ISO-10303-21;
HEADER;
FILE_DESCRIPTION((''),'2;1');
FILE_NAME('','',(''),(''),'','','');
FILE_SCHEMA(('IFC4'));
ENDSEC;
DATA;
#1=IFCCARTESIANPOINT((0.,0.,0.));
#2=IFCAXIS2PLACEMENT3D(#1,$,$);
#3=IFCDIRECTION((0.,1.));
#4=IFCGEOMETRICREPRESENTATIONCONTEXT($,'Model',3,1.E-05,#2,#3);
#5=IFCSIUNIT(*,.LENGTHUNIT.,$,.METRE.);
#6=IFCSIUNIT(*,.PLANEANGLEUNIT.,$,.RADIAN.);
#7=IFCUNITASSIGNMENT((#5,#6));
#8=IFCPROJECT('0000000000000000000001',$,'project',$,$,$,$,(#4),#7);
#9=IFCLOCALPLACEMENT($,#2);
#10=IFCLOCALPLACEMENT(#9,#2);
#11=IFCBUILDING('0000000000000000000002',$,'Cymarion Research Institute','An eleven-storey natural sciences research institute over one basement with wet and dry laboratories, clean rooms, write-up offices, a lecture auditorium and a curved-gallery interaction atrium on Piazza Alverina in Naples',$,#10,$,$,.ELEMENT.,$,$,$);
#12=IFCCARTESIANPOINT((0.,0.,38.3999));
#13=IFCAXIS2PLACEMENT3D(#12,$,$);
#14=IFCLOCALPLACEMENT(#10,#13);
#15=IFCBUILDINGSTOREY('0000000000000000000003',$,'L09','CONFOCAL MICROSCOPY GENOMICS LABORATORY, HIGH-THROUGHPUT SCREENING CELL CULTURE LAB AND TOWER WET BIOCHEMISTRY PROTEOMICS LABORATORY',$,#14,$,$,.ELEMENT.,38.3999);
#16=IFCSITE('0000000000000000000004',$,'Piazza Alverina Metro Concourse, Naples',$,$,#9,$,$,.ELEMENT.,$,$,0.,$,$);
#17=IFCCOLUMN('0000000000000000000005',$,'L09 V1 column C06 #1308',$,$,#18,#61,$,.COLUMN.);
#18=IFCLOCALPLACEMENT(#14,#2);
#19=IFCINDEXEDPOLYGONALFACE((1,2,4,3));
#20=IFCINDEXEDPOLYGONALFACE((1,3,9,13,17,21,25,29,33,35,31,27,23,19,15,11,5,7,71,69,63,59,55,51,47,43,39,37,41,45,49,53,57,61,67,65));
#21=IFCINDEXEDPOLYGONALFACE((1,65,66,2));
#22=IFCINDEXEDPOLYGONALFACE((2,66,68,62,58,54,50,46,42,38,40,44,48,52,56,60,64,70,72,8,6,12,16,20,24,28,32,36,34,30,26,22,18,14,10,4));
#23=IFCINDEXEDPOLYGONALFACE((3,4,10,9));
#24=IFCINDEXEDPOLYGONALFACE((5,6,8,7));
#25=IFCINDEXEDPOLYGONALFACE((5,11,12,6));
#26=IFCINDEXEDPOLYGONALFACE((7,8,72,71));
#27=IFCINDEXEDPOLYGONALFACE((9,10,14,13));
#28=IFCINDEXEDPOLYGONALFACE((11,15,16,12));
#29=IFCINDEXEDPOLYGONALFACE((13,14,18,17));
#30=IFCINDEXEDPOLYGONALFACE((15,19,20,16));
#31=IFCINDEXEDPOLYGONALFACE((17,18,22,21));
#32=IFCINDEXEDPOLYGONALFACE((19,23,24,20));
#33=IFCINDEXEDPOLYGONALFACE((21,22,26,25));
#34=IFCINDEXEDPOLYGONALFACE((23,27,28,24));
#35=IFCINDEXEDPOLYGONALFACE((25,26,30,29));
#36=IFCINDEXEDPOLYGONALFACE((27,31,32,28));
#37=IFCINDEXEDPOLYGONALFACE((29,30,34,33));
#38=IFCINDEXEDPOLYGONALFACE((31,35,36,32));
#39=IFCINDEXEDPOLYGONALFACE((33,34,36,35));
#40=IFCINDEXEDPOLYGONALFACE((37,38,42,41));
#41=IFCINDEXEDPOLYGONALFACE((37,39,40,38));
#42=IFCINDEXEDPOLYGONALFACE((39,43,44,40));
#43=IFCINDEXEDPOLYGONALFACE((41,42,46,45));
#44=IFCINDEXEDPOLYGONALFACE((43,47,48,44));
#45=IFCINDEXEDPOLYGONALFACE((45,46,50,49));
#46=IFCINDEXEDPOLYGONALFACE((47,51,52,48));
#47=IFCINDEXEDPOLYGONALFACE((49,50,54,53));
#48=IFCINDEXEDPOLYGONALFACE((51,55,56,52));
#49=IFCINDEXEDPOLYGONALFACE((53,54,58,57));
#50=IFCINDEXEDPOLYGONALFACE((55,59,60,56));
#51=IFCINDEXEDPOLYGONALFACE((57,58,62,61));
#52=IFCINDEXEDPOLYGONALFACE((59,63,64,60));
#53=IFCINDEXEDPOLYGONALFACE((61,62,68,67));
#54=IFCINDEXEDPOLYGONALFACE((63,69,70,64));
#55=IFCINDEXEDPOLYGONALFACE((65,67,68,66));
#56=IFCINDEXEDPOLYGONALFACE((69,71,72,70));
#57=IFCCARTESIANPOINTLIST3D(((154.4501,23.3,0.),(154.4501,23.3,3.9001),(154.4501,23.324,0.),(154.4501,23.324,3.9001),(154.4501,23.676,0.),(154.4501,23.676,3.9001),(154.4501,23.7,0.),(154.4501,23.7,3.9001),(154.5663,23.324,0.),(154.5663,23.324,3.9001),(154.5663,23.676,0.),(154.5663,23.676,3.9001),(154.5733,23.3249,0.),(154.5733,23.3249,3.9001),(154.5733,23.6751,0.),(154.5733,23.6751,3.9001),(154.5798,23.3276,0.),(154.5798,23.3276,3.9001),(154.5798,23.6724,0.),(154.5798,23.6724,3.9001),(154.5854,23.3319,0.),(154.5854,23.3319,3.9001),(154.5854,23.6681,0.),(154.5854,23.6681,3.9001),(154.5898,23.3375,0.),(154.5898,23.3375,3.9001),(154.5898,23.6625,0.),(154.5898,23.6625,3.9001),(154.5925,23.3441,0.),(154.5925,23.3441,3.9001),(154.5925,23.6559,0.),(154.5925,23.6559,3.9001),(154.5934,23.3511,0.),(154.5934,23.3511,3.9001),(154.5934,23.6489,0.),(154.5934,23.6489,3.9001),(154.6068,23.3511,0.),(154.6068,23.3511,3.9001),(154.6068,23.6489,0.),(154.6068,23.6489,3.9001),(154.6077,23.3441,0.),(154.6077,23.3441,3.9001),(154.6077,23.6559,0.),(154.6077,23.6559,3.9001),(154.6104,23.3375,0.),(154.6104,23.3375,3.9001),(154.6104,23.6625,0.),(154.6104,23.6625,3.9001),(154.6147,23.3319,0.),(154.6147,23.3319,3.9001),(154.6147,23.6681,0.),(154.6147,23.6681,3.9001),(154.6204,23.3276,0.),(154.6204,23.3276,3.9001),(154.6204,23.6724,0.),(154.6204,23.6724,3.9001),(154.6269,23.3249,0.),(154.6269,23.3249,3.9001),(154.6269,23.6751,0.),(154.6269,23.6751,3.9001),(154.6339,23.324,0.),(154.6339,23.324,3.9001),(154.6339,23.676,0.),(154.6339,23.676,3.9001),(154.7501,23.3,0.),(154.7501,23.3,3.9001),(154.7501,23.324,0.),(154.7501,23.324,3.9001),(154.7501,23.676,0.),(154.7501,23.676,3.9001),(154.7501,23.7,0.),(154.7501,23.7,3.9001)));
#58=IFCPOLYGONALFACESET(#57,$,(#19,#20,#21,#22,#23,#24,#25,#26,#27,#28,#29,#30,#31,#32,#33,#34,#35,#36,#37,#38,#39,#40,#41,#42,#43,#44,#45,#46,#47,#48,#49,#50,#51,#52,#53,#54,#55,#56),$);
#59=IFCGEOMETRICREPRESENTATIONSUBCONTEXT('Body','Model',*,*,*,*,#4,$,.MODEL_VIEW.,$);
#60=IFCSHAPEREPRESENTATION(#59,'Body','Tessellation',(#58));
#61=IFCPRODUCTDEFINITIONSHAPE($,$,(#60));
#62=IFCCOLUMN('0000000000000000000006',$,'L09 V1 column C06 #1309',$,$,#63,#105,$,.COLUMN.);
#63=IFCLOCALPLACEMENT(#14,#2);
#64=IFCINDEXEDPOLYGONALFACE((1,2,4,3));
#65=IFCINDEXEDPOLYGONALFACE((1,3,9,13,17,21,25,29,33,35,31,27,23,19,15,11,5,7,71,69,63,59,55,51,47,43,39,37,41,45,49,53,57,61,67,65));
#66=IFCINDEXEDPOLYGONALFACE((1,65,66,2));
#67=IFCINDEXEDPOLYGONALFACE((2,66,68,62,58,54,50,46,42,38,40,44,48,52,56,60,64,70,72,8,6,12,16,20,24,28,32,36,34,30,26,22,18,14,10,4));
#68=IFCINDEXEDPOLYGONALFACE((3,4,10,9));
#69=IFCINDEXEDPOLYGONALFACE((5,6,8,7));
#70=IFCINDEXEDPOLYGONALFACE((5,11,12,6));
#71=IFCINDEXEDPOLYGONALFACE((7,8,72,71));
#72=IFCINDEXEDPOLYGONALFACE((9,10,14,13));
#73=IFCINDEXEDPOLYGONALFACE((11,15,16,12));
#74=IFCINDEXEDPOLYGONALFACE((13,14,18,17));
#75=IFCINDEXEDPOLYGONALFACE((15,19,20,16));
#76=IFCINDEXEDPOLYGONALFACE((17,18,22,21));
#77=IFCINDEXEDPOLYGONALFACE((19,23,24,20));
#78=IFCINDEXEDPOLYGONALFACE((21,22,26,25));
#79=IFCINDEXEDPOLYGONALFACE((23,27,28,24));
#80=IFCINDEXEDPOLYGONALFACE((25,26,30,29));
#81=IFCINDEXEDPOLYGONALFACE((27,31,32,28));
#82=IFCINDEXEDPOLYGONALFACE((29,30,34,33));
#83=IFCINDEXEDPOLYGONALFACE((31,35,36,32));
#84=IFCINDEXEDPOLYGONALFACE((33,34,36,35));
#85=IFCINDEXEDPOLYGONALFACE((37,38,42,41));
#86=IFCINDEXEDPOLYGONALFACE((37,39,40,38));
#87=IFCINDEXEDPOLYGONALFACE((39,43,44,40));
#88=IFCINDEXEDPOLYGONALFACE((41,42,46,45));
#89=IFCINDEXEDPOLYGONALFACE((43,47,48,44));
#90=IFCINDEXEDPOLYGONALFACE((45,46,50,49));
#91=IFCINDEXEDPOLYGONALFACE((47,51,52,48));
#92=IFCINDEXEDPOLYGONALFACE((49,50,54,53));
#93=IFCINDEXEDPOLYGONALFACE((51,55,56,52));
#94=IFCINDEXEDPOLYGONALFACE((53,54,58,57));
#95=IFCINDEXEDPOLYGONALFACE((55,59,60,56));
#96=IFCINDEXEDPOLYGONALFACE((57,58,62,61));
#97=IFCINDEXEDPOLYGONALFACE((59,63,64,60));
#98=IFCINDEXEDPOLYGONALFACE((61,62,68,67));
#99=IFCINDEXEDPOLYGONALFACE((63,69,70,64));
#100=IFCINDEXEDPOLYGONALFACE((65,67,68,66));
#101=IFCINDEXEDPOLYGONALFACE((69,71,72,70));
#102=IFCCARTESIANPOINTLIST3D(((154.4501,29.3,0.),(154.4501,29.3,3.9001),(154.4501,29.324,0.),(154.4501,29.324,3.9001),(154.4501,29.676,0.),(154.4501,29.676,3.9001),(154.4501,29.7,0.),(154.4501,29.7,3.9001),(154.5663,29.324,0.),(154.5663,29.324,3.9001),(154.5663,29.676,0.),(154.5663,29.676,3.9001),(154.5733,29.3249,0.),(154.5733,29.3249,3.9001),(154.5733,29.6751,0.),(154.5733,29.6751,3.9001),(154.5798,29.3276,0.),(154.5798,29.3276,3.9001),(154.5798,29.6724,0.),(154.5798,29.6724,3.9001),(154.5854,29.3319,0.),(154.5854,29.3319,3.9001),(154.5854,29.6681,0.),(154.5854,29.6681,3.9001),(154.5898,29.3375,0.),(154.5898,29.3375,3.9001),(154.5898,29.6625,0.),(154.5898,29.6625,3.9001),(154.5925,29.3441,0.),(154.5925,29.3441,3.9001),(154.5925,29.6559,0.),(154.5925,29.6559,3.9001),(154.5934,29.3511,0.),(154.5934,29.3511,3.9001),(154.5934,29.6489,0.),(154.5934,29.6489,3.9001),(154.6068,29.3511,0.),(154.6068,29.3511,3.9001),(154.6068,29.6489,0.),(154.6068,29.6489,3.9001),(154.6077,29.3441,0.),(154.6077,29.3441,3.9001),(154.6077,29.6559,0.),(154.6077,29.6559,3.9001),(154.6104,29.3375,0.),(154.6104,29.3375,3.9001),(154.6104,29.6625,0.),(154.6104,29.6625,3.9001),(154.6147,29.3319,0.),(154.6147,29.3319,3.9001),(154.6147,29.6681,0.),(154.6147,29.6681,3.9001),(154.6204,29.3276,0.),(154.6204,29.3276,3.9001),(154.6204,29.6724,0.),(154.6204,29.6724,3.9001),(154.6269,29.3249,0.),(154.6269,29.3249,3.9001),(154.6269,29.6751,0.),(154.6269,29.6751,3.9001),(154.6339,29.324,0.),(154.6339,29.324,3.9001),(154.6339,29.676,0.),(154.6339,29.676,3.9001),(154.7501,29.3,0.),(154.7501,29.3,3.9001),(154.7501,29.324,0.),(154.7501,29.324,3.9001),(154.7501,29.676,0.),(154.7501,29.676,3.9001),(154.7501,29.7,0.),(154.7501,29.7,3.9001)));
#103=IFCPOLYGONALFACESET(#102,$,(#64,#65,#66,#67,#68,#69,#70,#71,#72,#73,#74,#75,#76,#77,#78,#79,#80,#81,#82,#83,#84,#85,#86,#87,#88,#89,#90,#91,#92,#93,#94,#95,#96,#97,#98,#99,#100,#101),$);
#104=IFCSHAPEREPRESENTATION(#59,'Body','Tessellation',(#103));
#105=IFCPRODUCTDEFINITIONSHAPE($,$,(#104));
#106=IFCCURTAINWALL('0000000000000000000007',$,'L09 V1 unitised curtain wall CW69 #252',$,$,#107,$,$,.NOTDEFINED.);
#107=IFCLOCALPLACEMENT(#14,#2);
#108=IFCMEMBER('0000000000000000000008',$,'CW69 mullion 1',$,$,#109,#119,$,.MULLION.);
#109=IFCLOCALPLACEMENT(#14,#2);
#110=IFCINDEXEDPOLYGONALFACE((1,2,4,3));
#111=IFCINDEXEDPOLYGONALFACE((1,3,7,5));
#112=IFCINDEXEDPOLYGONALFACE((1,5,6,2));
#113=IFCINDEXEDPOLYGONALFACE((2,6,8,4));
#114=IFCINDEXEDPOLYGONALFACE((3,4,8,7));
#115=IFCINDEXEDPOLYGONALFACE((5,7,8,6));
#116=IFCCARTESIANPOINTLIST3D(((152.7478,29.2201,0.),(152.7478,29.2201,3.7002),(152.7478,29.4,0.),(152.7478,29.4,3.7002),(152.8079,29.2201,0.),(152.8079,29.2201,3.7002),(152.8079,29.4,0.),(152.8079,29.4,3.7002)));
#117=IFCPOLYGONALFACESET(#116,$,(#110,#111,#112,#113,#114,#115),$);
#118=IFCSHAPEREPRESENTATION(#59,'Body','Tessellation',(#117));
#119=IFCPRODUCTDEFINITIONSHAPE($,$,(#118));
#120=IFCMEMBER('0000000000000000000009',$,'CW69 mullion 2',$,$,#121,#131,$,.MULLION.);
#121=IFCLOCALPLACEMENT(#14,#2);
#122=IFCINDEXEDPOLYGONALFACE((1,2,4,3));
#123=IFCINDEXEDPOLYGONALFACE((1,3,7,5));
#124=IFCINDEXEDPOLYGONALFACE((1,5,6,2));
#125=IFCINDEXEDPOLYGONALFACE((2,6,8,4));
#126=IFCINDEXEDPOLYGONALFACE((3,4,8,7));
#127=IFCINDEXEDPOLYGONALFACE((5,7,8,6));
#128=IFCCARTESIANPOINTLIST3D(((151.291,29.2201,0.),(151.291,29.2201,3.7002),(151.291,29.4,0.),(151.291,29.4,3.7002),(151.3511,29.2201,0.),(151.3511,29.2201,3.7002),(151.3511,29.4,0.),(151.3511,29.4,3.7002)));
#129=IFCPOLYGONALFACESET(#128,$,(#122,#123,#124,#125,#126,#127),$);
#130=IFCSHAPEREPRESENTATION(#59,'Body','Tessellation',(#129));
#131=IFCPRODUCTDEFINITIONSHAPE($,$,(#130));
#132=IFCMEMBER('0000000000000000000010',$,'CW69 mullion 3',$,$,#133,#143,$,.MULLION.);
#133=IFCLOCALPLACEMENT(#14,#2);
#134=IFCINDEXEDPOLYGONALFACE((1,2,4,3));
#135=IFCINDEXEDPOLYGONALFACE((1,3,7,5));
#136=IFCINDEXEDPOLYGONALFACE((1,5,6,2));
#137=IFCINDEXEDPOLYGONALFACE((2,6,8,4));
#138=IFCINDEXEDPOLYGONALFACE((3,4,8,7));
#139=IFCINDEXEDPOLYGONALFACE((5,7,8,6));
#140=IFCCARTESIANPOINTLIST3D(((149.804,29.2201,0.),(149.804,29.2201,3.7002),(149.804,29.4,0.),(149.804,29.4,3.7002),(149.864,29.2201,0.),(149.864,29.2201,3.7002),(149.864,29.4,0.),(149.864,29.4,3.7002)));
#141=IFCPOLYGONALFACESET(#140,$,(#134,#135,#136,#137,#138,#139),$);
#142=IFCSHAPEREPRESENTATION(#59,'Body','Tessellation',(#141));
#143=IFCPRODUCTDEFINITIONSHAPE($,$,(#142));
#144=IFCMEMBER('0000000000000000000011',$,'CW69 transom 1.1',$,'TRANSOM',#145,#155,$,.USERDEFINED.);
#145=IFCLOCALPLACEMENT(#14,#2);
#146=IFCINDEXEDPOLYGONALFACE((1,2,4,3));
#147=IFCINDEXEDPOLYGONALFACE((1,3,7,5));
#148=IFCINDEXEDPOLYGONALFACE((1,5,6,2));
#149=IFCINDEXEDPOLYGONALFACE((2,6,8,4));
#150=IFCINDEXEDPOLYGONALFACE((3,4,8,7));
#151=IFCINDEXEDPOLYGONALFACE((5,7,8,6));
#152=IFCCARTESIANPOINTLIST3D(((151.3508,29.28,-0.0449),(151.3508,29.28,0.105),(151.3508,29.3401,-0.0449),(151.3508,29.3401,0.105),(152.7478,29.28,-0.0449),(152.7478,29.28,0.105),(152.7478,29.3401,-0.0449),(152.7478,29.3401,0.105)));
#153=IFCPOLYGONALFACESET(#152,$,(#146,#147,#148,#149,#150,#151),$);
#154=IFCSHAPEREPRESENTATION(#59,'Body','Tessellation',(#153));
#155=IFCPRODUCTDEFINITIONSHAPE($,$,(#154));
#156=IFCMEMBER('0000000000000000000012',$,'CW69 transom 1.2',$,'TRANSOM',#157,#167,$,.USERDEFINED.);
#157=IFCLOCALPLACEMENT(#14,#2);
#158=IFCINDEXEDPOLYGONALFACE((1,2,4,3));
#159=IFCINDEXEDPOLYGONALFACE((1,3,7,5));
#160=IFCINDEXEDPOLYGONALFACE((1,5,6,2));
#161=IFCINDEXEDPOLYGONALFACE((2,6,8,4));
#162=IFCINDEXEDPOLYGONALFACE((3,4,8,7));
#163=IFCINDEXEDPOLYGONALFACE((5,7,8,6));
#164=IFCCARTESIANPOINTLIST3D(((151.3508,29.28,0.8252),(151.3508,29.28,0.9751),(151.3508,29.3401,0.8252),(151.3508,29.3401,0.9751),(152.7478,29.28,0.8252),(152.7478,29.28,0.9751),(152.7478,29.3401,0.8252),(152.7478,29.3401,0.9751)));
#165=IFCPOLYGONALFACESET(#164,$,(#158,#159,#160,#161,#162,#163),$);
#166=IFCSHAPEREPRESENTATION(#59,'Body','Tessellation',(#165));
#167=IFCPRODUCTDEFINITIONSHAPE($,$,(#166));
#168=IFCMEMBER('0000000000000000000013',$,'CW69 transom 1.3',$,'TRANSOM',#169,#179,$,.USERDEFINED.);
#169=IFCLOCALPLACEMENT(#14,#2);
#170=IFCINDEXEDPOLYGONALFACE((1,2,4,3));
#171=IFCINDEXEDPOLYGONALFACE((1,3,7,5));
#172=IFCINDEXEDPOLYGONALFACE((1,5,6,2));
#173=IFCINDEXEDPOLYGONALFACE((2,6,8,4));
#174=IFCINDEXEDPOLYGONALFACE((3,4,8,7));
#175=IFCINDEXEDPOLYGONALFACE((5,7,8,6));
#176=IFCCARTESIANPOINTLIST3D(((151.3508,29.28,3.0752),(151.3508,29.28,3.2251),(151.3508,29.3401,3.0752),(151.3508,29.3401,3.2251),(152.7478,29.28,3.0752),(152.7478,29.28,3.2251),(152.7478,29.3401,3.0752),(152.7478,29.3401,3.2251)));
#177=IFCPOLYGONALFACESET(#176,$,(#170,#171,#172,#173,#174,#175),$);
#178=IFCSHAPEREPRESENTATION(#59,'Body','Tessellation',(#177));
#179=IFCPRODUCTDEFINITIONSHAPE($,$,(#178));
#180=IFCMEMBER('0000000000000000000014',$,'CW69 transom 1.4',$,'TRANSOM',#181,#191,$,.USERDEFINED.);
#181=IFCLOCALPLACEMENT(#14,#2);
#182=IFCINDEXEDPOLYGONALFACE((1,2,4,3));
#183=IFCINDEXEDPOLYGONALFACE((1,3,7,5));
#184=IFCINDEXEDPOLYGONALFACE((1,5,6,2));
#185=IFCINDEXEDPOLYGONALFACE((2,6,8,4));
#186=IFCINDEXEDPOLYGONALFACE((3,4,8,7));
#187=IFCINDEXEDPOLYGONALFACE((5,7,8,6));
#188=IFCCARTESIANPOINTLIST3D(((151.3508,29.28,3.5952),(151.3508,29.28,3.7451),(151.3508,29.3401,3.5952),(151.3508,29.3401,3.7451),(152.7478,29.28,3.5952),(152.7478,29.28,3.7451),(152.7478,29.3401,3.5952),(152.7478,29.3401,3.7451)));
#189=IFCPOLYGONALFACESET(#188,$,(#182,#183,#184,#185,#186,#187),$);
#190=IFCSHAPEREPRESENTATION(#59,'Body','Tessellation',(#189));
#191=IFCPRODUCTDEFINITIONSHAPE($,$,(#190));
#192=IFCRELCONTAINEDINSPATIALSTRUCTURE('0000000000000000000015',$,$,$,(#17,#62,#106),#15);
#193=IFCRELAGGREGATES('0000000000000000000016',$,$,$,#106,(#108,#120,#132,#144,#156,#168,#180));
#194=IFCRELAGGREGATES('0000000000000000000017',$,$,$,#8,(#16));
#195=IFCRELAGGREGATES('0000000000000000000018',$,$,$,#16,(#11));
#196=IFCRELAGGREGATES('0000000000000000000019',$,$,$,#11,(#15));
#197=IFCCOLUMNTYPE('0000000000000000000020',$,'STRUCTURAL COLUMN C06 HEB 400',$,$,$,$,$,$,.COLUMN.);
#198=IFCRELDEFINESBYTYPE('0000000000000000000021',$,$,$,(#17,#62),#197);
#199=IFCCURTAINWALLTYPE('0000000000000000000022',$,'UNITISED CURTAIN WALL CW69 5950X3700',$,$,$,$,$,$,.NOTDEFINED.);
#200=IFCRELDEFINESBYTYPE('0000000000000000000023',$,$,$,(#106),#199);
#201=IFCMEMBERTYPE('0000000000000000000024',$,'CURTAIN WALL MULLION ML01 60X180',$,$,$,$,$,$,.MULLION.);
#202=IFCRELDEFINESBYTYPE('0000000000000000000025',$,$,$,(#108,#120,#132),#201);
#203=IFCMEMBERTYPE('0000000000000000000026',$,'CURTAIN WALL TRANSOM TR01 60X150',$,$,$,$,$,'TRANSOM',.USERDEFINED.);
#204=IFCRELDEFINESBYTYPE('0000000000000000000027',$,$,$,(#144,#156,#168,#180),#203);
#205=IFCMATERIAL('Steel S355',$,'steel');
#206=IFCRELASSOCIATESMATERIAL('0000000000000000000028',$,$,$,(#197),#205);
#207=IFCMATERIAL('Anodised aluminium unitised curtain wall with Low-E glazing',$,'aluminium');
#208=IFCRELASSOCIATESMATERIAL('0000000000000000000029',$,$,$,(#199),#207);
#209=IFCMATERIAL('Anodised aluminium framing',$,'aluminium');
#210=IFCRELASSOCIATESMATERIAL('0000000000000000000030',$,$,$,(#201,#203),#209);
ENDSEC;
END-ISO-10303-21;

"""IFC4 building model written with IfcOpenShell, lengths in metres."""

from ifc_helpers import new_model, si_unit, direction, frame, origin, origin_2d, place, context, subcontext, project, spatial, rectangle, i_section, extrude, material, material_profile, profile_set, type_object, element, aggregate, save


model = new_model("IFC4")

# Units and contexts
model_context = context("Model", 3, precision=1e-05, world=origin(), true_north=direction((0.0, 1.0)))
body_context = subcontext(model_context, "Body", "Model", "MODEL_VIEW")
ifc_project = project(units=[si_unit("LENGTHUNIT", "METRE"), si_unit("PLANEANGLEUNIT", "RADIAN")], contexts=[model_context])

# Site, building, storey
site_placement = place(None, origin())
site = spatial("IfcSite", under=ifc_project, at=site_placement, Name="Piazza Alverina Metro Concourse, Naples", CompositionType="ELEMENT", RefElevation=0.0)
building_placement = place(site_placement, origin())
building = spatial("IfcBuilding", under=site, at=building_placement, Name="Cymarion Research Institute", Description="An eleven-storey natural sciences research institute over one basement with wet and dry laboratories, clean rooms, write-up offices, a lecture auditorium and a curved-gallery interaction atrium on Piazza Alverina in Naples", CompositionType="ELEMENT")
storey_placement = place(building_placement, frame((0.0, 0.0, 38.3999)))
storey = spatial("IfcBuildingStorey", under=building, at=storey_placement, Name="L09", Description="CONFOCAL MICROSCOPY GENOMICS LABORATORY, HIGH-THROUGHPUT SCREENING CELL CULTURE LAB AND TOWER WET BIOCHEMISTRY PROTEOMICS LABORATORY", CompositionType="ELEMENT", Elevation=38.3999)

# Columns
ifc_material_1 = material(Name="Steel S355", Category="steel")
ifc_material_profile_1 = material_profile(ifc_material_1, i_section(OverallWidth=0.3, OverallDepth=0.3999, WebThickness=0.0134, FlangeThickness=0.0239, FilletRadius=0.0271, at=origin_2d()), Name="HEB 400")
ifc_profile_set_1 = profile_set([ifc_material_profile_1], Name="Steel S355")
column_type = type_object("IfcColumnType", Name="STRUCTURAL COLUMN C06 HEB 400", PredefinedType="COLUMN", material=ifc_profile_set_1)
for number, where, z_axis, x_axis, name in (
    (1, (154.6001, 23.5, 0.0), (0.0, 0.0, 1.0), (1.0, 0.0, 0.0), "L09 V1 column C06 #1308"),
    (2, (154.6001, 29.5, 0.0), (0.0, 0.0, 1.0), (1.0, 0.0, 0.0), "L09 V1 column C06 #1309"),
):
    element("IfcColumn", number, at=place(storey_placement, frame(where, z_axis=z_axis, x_axis=x_axis)), inside=storey, type_object=column_type, Name=name, PredefinedType="COLUMN", context=body_context, shape_type="SweptSolid", body=[
        extrude(i_section(OverallWidth=0.3, OverallDepth=0.3999, WebThickness=0.0134, FlangeThickness=0.0239, FilletRadius=0.0271, at=origin_2d()), origin(), (0.0, 0.0, 1.0), 3.9001),
    ])

# Curtain wall, members
ifc_material_2 = material(Name="Anodised aluminium unitised curtain wall with Low-E glazing", Category="aluminium")
curtain_wall_type = type_object("IfcCurtainWallType", Name="UNITISED CURTAIN WALL CW69 5950X3700", PredefinedType="NOTDEFINED", material=ifc_material_2)
curtain_wall_placement = place(storey_placement, origin())
curtain_wall = element("IfcCurtainWall", 3, at=curtain_wall_placement, inside=storey, type_object=curtain_wall_type, Name="L09 V1 unitised curtain wall CW69 #252", PredefinedType="NOTDEFINED")
ifc_material_3 = material(Name="Anodised aluminium framing", Category="aluminium")
ifc_material_profile_2 = material_profile(ifc_material_3, rectangle(XDim=0.0601, YDim=0.1799, at=origin_2d()), Name="ALU MULLION 60x180")
ifc_profile_set_2 = profile_set([ifc_material_profile_2], Name="Anodised aluminium framing")
member_type_1 = type_object("IfcMemberType", Name="CURTAIN WALL MULLION ML01 60X180", PredefinedType="MULLION", material=ifc_profile_set_2)
member_1_placement = place(storey_placement, frame((152.7778, 29.3101, 0.0), z_axis=(0.0, 0.0, 1.0), x_axis=(-1.0, 0.0, 0.0)))
member_1 = element("IfcMember", 4, at=member_1_placement, type_object=member_type_1, Name="CW69 mullion 1", PredefinedType="MULLION", context=body_context, shape_type="SweptSolid", body=[
    extrude(rectangle(XDim=0.0601, YDim=0.1799, at=origin_2d()), origin(), (0.0, 0.0, 1.0), 3.7002),
])
member_2_placement = place(storey_placement, frame((151.321, 29.3101, 0.0), z_axis=(0.0, 0.0, 1.0), x_axis=(-1.0, 0.0, 0.0)))
member_2 = element("IfcMember", 5, at=member_2_placement, type_object=member_type_1, Name="CW69 mullion 2", PredefinedType="MULLION", context=body_context, shape_type="SweptSolid", body=[
    extrude(rectangle(XDim=0.0601, YDim=0.1799, at=origin_2d()), origin(), (0.0, 0.0, 1.0), 3.7002),
])
member_3_placement = place(storey_placement, frame((149.834, 29.3101, 0.0), z_axis=(0.0, 0.0, 1.0), x_axis=(-1.0, 0.0, 0.0)))
member_3 = element("IfcMember", 6, at=member_3_placement, type_object=member_type_1, Name="CW69 mullion 3", PredefinedType="MULLION", context=body_context, shape_type="SweptSolid", body=[
    extrude(rectangle(XDim=0.0601, YDim=0.1799, at=origin_2d()), origin(), (0.0, 0.0, 1.0), 3.7002),
])
ifc_material_profile_3 = material_profile(ifc_material_3, rectangle(XDim=0.0601, YDim=0.1499, at=origin_2d()), Name="ALU TRANSOM 60x150")
ifc_profile_set_3 = profile_set([ifc_material_profile_3], Name="Anodised aluminium framing")
member_type_2 = type_object("IfcMemberType", Name="CURTAIN WALL TRANSOM TR01 60X150", ElementType="TRANSOM", PredefinedType="USERDEFINED", material=ifc_profile_set_3)
member_4_placement = place(storey_placement, frame((152.7478, 29.3101, 0.03), z_axis=(-1.0, 0.0, 0.0), x_axis=(0.0, -1.0, 0.0)))
member_4 = element("IfcMember", 7, at=member_4_placement, type_object=member_type_2, Name="CW69 transom 1.1", ObjectType="TRANSOM", PredefinedType="USERDEFINED", context=body_context, shape_type="SweptSolid", body=[
    extrude(rectangle(XDim=0.0601, YDim=0.1499, at=origin_2d()), origin(), (0.0, 0.0, 1.0), 1.397),
])
member_5_placement = place(storey_placement, frame((152.7478, 29.3101, 0.9001), z_axis=(-1.0, 0.0, 0.0), x_axis=(0.0, -1.0, 0.0)))
member_5 = element("IfcMember", 8, at=member_5_placement, type_object=member_type_2, Name="CW69 transom 1.2", ObjectType="TRANSOM", PredefinedType="USERDEFINED", context=body_context, shape_type="SweptSolid", body=[
    extrude(rectangle(XDim=0.0601, YDim=0.1499, at=origin_2d()), origin(), (0.0, 0.0, 1.0), 1.397),
])
member_6_placement = place(storey_placement, frame((152.7478, 29.3101, 3.1501), z_axis=(-1.0, 0.0, 0.0), x_axis=(0.0, -1.0, 0.0)))
member_6 = element("IfcMember", 9, at=member_6_placement, type_object=member_type_2, Name="CW69 transom 1.3", ObjectType="TRANSOM", PredefinedType="USERDEFINED", context=body_context, shape_type="SweptSolid", body=[
    extrude(rectangle(XDim=0.0601, YDim=0.1499, at=origin_2d()), origin(), (0.0, 0.0, 1.0), 1.397),
])
member_7_placement = place(storey_placement, frame((152.7478, 29.3101, 3.6702), z_axis=(-1.0, 0.0, 0.0), x_axis=(0.0, -1.0, 0.0)))
member_7 = element("IfcMember", 10, at=member_7_placement, type_object=member_type_2, Name="CW69 transom 1.4", ObjectType="TRANSOM", PredefinedType="USERDEFINED", context=body_context, shape_type="SweptSolid", body=[
    extrude(rectangle(XDim=0.0601, YDim=0.1499, at=origin_2d()), origin(), (0.0, 0.0, 1.0), 1.397),
])

aggregate(curtain_wall, [member_1, member_2, member_3, member_4, member_5, member_6, member_7])

save(model, "model.ifc")
